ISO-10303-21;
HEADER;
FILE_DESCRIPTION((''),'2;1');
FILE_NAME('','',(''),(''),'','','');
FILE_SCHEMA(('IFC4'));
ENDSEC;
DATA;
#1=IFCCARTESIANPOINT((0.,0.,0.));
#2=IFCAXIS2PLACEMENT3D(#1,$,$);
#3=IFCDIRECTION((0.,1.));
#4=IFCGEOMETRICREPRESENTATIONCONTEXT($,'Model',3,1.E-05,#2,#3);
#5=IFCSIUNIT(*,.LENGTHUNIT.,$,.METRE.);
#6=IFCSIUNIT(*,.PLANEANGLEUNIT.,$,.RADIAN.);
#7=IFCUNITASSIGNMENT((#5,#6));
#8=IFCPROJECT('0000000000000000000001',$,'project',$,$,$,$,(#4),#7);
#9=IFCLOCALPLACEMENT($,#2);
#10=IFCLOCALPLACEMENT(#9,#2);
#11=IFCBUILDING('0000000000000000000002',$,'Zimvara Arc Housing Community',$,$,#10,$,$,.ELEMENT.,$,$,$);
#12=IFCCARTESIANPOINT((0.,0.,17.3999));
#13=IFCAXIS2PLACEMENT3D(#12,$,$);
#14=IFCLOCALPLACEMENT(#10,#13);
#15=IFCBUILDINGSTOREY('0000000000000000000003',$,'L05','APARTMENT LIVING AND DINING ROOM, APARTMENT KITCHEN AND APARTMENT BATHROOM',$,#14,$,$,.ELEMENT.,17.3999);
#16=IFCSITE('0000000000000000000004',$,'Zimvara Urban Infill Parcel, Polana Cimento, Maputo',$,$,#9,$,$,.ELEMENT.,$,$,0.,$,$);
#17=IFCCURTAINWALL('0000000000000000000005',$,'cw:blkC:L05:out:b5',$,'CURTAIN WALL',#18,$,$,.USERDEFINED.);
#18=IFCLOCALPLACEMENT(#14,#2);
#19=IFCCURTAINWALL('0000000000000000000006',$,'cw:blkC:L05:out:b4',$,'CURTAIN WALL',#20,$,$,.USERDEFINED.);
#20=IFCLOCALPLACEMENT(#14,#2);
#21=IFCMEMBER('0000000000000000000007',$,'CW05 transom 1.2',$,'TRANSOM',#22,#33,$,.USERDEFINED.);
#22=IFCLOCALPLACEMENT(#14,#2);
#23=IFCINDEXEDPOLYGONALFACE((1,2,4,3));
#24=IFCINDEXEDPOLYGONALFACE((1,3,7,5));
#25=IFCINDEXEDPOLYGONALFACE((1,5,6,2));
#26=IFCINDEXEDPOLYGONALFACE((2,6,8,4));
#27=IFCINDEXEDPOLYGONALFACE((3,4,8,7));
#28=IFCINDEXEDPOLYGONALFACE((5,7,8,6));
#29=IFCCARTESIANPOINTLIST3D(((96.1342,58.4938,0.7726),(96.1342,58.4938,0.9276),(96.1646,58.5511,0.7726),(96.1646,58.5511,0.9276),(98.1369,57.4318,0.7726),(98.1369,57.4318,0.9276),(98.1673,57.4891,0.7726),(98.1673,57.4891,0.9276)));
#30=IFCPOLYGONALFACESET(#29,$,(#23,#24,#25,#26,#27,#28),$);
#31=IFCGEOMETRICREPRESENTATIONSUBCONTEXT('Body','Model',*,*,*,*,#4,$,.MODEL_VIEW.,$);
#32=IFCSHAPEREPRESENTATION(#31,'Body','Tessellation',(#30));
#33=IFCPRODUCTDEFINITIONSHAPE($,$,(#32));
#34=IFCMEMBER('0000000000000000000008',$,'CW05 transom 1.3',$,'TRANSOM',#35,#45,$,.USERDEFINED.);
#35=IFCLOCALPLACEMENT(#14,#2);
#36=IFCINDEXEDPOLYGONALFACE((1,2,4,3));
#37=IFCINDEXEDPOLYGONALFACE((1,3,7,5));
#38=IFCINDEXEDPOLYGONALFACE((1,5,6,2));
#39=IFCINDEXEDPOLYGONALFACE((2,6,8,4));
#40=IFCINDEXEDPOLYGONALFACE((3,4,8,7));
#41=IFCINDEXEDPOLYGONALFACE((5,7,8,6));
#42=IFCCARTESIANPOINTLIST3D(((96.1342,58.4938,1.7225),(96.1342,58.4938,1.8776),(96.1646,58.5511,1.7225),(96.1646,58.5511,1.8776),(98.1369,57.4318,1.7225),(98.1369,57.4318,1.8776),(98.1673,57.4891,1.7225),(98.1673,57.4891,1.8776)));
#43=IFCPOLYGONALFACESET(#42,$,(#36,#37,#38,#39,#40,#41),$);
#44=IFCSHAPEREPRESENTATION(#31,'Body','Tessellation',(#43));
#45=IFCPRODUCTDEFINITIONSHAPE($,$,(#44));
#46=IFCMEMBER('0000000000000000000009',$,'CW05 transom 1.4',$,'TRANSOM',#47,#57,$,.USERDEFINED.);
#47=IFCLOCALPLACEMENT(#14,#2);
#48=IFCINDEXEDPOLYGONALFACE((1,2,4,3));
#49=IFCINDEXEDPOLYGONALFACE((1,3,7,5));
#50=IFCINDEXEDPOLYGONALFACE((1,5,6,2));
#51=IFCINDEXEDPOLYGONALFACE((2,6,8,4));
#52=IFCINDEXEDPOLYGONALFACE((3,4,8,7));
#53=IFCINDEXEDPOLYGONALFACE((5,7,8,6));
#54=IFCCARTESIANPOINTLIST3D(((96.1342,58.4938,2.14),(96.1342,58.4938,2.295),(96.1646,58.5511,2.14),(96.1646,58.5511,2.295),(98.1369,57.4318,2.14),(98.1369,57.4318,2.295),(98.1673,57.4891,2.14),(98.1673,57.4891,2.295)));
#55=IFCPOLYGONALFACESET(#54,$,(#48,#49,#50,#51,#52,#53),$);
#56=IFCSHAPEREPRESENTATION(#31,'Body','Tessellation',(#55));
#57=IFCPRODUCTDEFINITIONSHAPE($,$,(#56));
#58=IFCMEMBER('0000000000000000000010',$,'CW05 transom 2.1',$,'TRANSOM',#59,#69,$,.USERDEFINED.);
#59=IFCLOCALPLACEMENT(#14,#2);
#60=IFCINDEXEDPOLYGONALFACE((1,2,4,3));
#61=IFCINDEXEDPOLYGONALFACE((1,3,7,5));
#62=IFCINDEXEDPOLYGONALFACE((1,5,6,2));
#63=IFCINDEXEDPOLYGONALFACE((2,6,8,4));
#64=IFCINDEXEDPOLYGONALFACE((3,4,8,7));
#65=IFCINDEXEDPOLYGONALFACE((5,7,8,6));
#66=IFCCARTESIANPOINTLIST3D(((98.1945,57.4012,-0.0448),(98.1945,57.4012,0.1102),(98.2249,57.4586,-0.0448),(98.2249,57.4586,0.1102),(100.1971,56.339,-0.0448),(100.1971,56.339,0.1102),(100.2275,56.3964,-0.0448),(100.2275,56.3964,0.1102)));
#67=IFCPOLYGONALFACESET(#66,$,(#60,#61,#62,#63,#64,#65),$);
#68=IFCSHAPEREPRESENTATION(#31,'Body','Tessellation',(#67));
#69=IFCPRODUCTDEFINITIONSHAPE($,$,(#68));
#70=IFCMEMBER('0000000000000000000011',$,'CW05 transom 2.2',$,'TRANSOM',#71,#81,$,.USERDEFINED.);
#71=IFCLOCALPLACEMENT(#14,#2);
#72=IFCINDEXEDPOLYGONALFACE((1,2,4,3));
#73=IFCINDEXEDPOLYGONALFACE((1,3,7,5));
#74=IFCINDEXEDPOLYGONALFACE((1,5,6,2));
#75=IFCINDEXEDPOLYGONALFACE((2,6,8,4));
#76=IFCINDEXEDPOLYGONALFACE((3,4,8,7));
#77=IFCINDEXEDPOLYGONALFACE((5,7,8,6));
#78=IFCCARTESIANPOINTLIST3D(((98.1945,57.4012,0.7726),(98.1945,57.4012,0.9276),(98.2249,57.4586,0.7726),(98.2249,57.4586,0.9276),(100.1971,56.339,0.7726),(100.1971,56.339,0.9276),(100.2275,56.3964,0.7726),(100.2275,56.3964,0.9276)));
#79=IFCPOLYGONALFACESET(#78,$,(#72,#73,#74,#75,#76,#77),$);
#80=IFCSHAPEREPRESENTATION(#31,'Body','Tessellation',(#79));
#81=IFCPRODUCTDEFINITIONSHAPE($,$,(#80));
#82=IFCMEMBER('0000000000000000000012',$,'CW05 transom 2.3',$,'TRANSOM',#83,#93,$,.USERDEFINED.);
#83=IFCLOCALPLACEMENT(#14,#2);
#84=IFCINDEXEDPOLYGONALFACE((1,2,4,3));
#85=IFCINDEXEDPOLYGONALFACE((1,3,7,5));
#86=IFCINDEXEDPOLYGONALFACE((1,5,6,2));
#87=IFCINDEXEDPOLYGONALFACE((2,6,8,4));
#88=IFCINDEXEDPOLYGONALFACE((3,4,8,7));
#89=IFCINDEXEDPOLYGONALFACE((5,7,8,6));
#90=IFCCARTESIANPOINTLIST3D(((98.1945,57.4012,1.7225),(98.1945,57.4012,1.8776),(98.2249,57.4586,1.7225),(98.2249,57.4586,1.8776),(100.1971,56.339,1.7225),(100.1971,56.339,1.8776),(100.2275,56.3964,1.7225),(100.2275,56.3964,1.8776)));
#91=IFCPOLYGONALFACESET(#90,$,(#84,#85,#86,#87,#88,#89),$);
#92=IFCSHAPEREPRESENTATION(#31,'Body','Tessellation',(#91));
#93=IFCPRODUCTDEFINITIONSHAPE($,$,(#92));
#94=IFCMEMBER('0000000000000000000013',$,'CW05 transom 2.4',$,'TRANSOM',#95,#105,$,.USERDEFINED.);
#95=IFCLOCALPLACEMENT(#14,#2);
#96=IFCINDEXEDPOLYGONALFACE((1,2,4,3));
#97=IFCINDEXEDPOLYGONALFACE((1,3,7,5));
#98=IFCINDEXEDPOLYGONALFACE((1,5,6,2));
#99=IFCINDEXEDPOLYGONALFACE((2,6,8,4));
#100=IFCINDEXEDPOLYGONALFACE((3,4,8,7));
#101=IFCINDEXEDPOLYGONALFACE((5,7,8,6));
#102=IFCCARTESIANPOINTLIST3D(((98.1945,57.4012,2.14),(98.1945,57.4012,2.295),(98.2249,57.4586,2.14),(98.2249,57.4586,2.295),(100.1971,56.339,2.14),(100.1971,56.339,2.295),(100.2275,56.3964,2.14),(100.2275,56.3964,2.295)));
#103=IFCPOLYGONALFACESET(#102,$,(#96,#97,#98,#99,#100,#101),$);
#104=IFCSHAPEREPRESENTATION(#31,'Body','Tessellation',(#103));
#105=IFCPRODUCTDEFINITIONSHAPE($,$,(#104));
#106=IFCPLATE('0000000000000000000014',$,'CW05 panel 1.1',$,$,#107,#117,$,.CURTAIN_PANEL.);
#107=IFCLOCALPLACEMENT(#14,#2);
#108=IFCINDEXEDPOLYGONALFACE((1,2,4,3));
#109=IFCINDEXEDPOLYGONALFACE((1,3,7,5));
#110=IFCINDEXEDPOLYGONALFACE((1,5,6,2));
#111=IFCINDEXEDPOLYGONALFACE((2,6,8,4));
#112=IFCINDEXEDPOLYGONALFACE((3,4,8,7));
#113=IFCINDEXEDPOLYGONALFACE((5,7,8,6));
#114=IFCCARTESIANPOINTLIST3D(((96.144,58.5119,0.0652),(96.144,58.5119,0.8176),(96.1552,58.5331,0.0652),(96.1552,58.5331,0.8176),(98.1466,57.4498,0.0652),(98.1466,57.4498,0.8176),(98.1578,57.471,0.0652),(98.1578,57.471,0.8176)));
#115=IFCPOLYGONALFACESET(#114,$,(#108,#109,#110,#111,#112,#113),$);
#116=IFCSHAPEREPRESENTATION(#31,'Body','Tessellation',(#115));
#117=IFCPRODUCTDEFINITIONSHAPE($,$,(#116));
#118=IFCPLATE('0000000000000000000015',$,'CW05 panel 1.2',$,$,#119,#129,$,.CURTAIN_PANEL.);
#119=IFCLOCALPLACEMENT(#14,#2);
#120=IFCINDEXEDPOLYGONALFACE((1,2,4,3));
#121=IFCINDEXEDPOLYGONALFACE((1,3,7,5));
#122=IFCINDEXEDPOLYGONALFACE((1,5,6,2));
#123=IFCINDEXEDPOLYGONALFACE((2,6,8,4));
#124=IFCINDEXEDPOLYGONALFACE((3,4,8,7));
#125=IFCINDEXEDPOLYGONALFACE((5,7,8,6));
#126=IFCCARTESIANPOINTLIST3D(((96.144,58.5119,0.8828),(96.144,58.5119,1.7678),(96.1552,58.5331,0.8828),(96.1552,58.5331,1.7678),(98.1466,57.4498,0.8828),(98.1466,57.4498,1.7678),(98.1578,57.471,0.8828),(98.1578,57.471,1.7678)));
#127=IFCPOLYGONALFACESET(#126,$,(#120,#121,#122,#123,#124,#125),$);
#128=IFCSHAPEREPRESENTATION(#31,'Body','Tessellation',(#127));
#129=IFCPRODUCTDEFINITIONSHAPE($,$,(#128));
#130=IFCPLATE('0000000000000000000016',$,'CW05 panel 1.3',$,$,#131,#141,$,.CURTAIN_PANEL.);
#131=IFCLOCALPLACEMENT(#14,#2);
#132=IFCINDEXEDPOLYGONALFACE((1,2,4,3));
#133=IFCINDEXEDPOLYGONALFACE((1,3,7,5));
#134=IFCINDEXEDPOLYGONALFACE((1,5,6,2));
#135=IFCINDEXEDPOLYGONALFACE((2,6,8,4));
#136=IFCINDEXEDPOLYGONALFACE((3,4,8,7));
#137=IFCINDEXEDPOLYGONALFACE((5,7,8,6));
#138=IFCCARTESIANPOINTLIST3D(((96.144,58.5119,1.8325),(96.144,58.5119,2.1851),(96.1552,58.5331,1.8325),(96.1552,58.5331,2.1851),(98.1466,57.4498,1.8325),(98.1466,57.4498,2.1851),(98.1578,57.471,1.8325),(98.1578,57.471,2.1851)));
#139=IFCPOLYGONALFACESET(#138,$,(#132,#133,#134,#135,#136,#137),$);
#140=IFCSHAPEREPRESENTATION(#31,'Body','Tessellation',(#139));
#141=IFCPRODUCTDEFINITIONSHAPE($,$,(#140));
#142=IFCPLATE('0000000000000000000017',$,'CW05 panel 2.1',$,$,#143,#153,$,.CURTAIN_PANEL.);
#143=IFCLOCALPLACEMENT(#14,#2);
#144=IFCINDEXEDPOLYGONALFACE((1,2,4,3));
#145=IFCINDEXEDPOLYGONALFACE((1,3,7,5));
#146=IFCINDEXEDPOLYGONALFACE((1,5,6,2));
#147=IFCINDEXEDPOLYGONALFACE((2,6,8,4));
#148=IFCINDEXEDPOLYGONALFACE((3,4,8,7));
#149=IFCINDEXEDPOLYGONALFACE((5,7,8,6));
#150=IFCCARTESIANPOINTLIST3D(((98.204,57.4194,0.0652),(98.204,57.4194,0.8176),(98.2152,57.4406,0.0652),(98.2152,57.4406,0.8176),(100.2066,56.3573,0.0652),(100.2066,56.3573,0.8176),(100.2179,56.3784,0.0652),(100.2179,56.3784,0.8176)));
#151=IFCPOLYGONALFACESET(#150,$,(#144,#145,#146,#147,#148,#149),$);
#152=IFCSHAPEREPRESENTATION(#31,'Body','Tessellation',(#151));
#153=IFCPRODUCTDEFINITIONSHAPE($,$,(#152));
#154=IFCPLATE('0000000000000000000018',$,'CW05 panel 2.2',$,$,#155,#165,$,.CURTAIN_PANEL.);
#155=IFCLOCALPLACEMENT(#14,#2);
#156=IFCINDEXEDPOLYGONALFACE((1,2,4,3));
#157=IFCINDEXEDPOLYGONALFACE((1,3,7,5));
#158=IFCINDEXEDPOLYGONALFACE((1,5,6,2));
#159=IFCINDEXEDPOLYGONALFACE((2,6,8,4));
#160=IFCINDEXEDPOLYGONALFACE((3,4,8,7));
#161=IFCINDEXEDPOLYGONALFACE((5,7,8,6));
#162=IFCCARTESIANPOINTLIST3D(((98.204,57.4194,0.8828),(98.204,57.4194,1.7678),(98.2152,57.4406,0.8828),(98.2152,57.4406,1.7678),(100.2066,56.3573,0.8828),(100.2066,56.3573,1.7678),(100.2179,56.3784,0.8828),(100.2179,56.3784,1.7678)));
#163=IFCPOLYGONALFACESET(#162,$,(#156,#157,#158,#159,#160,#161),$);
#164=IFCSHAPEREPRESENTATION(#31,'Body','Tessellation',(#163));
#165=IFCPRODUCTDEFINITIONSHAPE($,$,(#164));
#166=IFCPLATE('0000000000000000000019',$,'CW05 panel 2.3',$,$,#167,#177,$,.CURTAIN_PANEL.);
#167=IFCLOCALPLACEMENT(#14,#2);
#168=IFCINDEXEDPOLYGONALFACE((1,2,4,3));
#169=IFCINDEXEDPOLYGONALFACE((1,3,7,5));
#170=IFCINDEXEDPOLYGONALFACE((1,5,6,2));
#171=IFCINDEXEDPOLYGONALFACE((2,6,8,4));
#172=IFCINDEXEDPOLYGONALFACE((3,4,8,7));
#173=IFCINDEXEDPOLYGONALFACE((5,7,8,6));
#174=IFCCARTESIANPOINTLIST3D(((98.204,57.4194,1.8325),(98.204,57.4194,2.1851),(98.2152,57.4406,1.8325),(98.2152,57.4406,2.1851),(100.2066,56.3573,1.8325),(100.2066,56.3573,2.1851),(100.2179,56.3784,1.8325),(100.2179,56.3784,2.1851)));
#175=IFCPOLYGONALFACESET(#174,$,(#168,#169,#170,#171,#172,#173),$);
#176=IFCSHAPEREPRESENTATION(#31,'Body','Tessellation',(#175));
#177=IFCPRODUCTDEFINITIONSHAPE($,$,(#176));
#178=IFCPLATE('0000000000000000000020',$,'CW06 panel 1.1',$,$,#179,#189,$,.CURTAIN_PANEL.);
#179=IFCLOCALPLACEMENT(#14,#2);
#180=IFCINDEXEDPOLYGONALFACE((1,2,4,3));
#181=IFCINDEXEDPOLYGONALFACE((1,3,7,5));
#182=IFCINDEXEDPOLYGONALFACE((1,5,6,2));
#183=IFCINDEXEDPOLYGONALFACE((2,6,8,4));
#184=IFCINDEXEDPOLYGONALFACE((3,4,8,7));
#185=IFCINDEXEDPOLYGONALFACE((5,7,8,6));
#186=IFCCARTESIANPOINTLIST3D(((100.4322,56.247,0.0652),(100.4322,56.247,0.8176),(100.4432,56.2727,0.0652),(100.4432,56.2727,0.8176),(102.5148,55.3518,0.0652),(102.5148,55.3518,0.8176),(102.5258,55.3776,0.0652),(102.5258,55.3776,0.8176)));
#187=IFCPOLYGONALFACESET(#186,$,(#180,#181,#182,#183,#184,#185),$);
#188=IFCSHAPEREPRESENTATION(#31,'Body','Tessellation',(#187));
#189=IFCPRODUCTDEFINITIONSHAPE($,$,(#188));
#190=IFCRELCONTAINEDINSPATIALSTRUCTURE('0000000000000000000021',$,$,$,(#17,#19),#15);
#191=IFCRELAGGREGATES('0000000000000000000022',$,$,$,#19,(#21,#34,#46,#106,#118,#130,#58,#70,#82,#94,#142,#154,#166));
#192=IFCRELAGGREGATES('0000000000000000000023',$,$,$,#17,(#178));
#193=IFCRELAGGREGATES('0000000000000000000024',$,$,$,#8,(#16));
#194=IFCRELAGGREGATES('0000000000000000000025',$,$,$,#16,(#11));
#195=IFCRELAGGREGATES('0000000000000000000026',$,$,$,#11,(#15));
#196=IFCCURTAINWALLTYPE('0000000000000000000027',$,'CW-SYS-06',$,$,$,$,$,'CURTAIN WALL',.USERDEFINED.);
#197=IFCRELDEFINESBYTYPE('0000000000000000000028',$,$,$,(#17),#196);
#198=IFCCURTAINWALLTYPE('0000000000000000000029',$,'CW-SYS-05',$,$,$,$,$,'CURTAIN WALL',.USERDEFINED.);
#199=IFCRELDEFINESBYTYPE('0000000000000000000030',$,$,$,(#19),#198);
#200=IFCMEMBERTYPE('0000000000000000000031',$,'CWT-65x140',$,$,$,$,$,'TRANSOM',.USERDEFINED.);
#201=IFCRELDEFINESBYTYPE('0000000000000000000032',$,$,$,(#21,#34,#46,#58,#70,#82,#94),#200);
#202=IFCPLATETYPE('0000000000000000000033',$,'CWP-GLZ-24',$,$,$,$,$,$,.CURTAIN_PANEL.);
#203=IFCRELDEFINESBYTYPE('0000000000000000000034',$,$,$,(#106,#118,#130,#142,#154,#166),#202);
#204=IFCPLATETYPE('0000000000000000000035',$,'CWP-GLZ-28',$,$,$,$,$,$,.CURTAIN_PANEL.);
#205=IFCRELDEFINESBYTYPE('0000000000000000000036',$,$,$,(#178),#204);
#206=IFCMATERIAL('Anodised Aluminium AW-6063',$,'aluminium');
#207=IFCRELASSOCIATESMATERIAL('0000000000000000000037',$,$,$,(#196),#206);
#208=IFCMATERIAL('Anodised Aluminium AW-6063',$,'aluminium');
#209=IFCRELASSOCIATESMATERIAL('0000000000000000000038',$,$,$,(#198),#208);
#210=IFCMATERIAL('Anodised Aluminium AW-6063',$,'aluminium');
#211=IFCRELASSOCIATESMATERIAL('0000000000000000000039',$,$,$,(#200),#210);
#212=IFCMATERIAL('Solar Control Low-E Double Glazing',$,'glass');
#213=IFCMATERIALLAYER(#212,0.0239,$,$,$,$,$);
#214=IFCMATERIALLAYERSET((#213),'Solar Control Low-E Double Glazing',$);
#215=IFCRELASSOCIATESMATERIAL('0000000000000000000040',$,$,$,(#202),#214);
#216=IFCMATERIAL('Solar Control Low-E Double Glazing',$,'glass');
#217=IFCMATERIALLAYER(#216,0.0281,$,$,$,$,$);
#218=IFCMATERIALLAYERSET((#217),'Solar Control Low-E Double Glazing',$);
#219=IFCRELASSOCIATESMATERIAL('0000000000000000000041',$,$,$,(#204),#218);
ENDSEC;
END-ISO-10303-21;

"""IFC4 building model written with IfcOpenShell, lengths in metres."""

from ifc_helpers import new_model, si_unit, direction, frame, origin, origin_2d, place, context, subcontext, project, spatial, rectangle, extrude, material, layer, layer_set, material_profile, profile_set, type_object, element, aggregate, save


model = new_model("IFC4")

# Units and contexts
model_context = context("Model", 3, precision=1e-05, world=origin(), true_north=direction((0.0, 1.0)))
body_context = subcontext(model_context, "Body", "Model", "MODEL_VIEW")
ifc_project = project(units=[si_unit("LENGTHUNIT", "METRE"), si_unit("PLANEANGLEUNIT", "RADIAN")], contexts=[model_context])

# Site, building, storey
site_placement = place(None, origin())
site = spatial("IfcSite", under=ifc_project, at=site_placement, Name="Zimvara Urban Infill Parcel, Polana Cimento, Maputo", CompositionType="ELEMENT", RefElevation=0.0)
building_placement = place(site_placement, origin())
building = spatial("IfcBuilding", under=site, at=building_placement, Name="Zimvara Arc Housing Community", CompositionType="ELEMENT")
storey_placement = place(building_placement, frame((0.0, 0.0, 17.3999)))
storey = spatial("IfcBuildingStorey", under=building, at=storey_placement, Name="L05", Description="APARTMENT LIVING AND DINING ROOM, APARTMENT KITCHEN AND APARTMENT BATHROOM", CompositionType="ELEMENT", Elevation=17.3999)

# Curtain wall
ifc_material_1 = material(Name="Anodised Aluminium AW-6063", Category="aluminium")
curtain_wall_type_1 = type_object("IfcCurtainWallType", Name="CW-SYS-06", ElementType="CURTAIN WALL", PredefinedType="USERDEFINED", material=ifc_material_1)
curtain_wall_1_placement = place(storey_placement, origin())
curtain_wall_1 = element("IfcCurtainWall", 1, at=curtain_wall_1_placement, inside=storey, type_object=curtain_wall_type_1, Name="cw:blkC:L05:out:b5", ObjectType="CURTAIN WALL", PredefinedType="USERDEFINED")

# Curtain wall
ifc_material_2 = material(Name="Anodised Aluminium AW-6063", Category="aluminium")
curtain_wall_type_2 = type_object("IfcCurtainWallType", Name="CW-SYS-05", ElementType="CURTAIN WALL", PredefinedType="USERDEFINED", material=ifc_material_2)
curtain_wall_2_placement = place(storey_placement, origin())
curtain_wall_2 = element("IfcCurtainWall", 2, at=curtain_wall_2_placement, inside=storey, type_object=curtain_wall_type_2, Name="cw:blkC:L05:out:b4", ObjectType="CURTAIN WALL", PredefinedType="USERDEFINED")

# Members
ifc_material_3 = material(Name="Anodised Aluminium AW-6063", Category="aluminium")
ifc_material_profile_1 = material_profile(ifc_material_3, rectangle(XDim=0.0649, YDim=0.155, at=origin_2d()), Name="ALU 65x155")
ifc_profile_set_1 = profile_set([ifc_material_profile_1], Name="Anodised Aluminium AW-6063")
member_type_1 = type_object("IfcMemberType", Name="CWT-65x140", ElementType="TRANSOM", PredefinedType="USERDEFINED", material=ifc_profile_set_1)
member_1_placement = place(storey_placement, frame((96.1494, 58.5225, 0.8501), z_axis=(0.883465, -0.468496, 0.0), x_axis=(0.468496, 0.883465, 0.0)))
member_1 = element("IfcMember", 3, at=member_1_placement, type_object=member_type_1, Name="CW05 transom 1.2", ObjectType="TRANSOM", PredefinedType="USERDEFINED", context=body_context, shape_type="SweptSolid", body=[
    extrude(rectangle(XDim=0.0649, YDim=0.155, at=origin_2d()), origin(), (0.0, 0.0, 1.0), 2.2668),
])
member_2_placement = place(storey_placement, frame((96.1494, 58.5225, 1.8), z_axis=(0.883465, -0.468496, 0.0), x_axis=(0.468496, 0.883465, 0.0)))
member_2 = element("IfcMember", 4, at=member_2_placement, type_object=member_type_1, Name="CW05 transom 1.3", ObjectType="TRANSOM", PredefinedType="USERDEFINED", context=body_context, shape_type="SweptSolid", body=[
    extrude(rectangle(XDim=0.0649, YDim=0.155, at=origin_2d()), origin(), (0.0, 0.0, 1.0), 2.2668),
])
member_3_placement = place(storey_placement, frame((96.1494, 58.5225, 2.2175), z_axis=(0.883465, -0.468496, 0.0), x_axis=(0.468496, 0.883465, 0.0)))
member_3 = element("IfcMember", 5, at=member_3_placement, type_object=member_type_1, Name="CW05 transom 1.4", ObjectType="TRANSOM", PredefinedType="USERDEFINED", context=body_context, shape_type="SweptSolid", body=[
    extrude(rectangle(XDim=0.0649, YDim=0.155, at=origin_2d()), origin(), (0.0, 0.0, 1.0), 2.2668),
])
member_4_placement = place(storey_placement, frame((98.2097, 57.4299, 0.0327), z_axis=(0.883421, -0.46858, 0.0), x_axis=(0.46858, 0.883421, 0.0)))
member_4 = element("IfcMember", 6, at=member_4_placement, type_object=member_type_1, Name="CW05 transom 2.1", ObjectType="TRANSOM", PredefinedType="USERDEFINED", context=body_context, shape_type="SweptSolid", body=[
    extrude(rectangle(XDim=0.0649, YDim=0.155, at=origin_2d()), origin(), (0.0, 0.0, 1.0), 2.2668),
])
member_5_placement = place(storey_placement, frame((98.2097, 57.4299, 0.8501), z_axis=(0.883421, -0.46858, 0.0), x_axis=(0.46858, 0.883421, 0.0)))
member_5 = element("IfcMember", 7, at=member_5_placement, type_object=member_type_1, Name="CW05 transom 2.2", ObjectType="TRANSOM", PredefinedType="USERDEFINED", context=body_context, shape_type="SweptSolid", body=[
    extrude(rectangle(XDim=0.0649, YDim=0.155, at=origin_2d()), origin(), (0.0, 0.0, 1.0), 2.2668),
])
member_6_placement = place(storey_placement, frame((98.2097, 57.4299, 1.8), z_axis=(0.883421, -0.46858, 0.0), x_axis=(0.46858, 0.883421, 0.0)))
member_6 = element("IfcMember", 8, at=member_6_placement, type_object=member_type_1, Name="CW05 transom 2.3", ObjectType="TRANSOM", PredefinedType="USERDEFINED", context=body_context, shape_type="SweptSolid", body=[
    extrude(rectangle(XDim=0.0649, YDim=0.155, at=origin_2d()), origin(), (0.0, 0.0, 1.0), 2.2668),
])
member_7_placement = place(storey_placement, frame((98.2097, 57.4299, 2.2175), z_axis=(0.883421, -0.46858, 0.0), x_axis=(0.46858, 0.883421, 0.0)))
member_7 = element("IfcMember", 9, at=member_7_placement, type_object=member_type_1, Name="CW05 transom 2.4", ObjectType="TRANSOM", PredefinedType="USERDEFINED", context=body_context, shape_type="SweptSolid", body=[
    extrude(rectangle(XDim=0.0649, YDim=0.155, at=origin_2d()), origin(), (0.0, 0.0, 1.0), 2.2668),
])

# Plates
ifc_material_4 = material(Name="Solar Control Low-E Double Glazing", Category="glass")
ifc_layer_1 = layer(ifc_material_4, 0.0239)
ifc_layer_set_1 = layer_set([ifc_layer_1], Name="Solar Control Low-E Double Glazing")
plate_type_1 = type_object("IfcPlateType", Name="CWP-GLZ-24", PredefinedType="CURTAIN_PANEL", material=ifc_layer_set_1)
plate_1_placement = place(storey_placement, frame((97.1509, 57.9915, 0.0652), z_axis=(0.0, 0.0, 1.0), x_axis=(0.883439, -0.468547, 0.0)))
plate_1 = element("IfcPlate", 10, at=plate_1_placement, type_object=plate_type_1, Name="CW05 panel 1.1", PredefinedType="CURTAIN_PANEL", context=body_context, shape_type="SweptSolid", body=[
    extrude(rectangle(XDim=2.2668, YDim=0.0239, at=origin_2d()), origin(), (0.0, 0.0, 1.0), 0.7524),
])
plate_2_placement = place(storey_placement, frame((97.1509, 57.9915, 0.8828), z_axis=(0.0, 0.0, 1.0), x_axis=(0.883439, -0.468547, 0.0)))
plate_2 = element("IfcPlate", 11, at=plate_2_placement, type_object=plate_type_1, Name="CW05 panel 1.2", PredefinedType="CURTAIN_PANEL", context=body_context, shape_type="SweptSolid", body=[
    extrude(rectangle(XDim=2.2668, YDim=0.0239, at=origin_2d()), origin(), (0.0, 0.0, 1.0), 0.885),
])
plate_3_placement = place(storey_placement, frame((97.1509, 57.9915, 1.8325), z_axis=(0.0, 0.0, 1.0), x_axis=(0.883439, -0.468547, 0.0)))
plate_3 = element("IfcPlate", 12, at=plate_3_placement, type_object=plate_type_1, Name="CW05 panel 1.3", PredefinedType="CURTAIN_PANEL", context=body_context, shape_type="SweptSolid", body=[
    extrude(rectangle(XDim=2.2668, YDim=0.0239, at=origin_2d()), origin(), (0.0, 0.0, 1.0), 0.3525),
])
plate_4_placement = place(storey_placement, frame((99.2109, 56.8989, 0.0652), z_axis=(0.0, 0.0, 1.0), x_axis=(0.883439, -0.468547, 0.0)))
plate_4 = element("IfcPlate", 13, at=plate_4_placement, type_object=plate_type_1, Name="CW05 panel 2.1", PredefinedType="CURTAIN_PANEL", context=body_context, shape_type="SweptSolid", body=[
    extrude(rectangle(XDim=2.2668, YDim=0.0239, at=origin_2d()), origin(), (0.0, 0.0, 1.0), 0.7524),
])
plate_5_placement = place(storey_placement, frame((99.2109, 56.8989, 0.8828), z_axis=(0.0, 0.0, 1.0), x_axis=(0.883439, -0.468547, 0.0)))
plate_5 = element("IfcPlate", 14, at=plate_5_placement, type_object=plate_type_1, Name="CW05 panel 2.2", PredefinedType="CURTAIN_PANEL", context=body_context, shape_type="SweptSolid", body=[
    extrude(rectangle(XDim=2.2668, YDim=0.0239, at=origin_2d()), origin(), (0.0, 0.0, 1.0), 0.885),
])
plate_6_placement = place(storey_placement, frame((99.2109, 56.8989, 1.8325), z_axis=(0.0, 0.0, 1.0), x_axis=(0.883439, -0.468547, 0.0)))
plate_6 = element("IfcPlate", 15, at=plate_6_placement, type_object=plate_type_1, Name="CW05 panel 2.3", PredefinedType="CURTAIN_PANEL", context=body_context, shape_type="SweptSolid", body=[
    extrude(rectangle(XDim=2.2668, YDim=0.0239, at=origin_2d()), origin(), (0.0, 0.0, 1.0), 0.3525),
])
aggregate(curtain_wall_2, [member_1, member_2, member_3, plate_1, plate_2, plate_3, member_4, member_5, member_6, member_7, plate_4, plate_5, plate_6])
ifc_material_5 = material(Name="Solar Control Low-E Double Glazing", Category="glass")
ifc_layer_2 = layer(ifc_material_5, 0.0281)
ifc_layer_set_2 = layer_set([ifc_layer_2], Name="Solar Control Low-E Double Glazing")
plate_type_2 = type_object("IfcPlateType", Name="CWP-GLZ-28", PredefinedType="CURTAIN_PANEL", material=ifc_layer_set_2)
plate_7_placement = place(storey_placement, frame((101.479, 55.8123, 0.0652), z_axis=(0.0, 0.0, 1.0), x_axis=(0.918722, -0.394904, 0.0)))
plate_7 = element("IfcPlate", 16, at=plate_7_placement, type_object=plate_type_2, Name="CW06 panel 1.1", PredefinedType="CURTAIN_PANEL", context=body_context, shape_type="SweptSolid", body=[
    extrude(rectangle(XDim=2.2668, YDim=0.0281, at=origin_2d()), origin(), (0.0, 0.0, 1.0), 0.7524),
])
aggregate(curtain_wall_1, [plate_7])

save(model, "model.ifc")
